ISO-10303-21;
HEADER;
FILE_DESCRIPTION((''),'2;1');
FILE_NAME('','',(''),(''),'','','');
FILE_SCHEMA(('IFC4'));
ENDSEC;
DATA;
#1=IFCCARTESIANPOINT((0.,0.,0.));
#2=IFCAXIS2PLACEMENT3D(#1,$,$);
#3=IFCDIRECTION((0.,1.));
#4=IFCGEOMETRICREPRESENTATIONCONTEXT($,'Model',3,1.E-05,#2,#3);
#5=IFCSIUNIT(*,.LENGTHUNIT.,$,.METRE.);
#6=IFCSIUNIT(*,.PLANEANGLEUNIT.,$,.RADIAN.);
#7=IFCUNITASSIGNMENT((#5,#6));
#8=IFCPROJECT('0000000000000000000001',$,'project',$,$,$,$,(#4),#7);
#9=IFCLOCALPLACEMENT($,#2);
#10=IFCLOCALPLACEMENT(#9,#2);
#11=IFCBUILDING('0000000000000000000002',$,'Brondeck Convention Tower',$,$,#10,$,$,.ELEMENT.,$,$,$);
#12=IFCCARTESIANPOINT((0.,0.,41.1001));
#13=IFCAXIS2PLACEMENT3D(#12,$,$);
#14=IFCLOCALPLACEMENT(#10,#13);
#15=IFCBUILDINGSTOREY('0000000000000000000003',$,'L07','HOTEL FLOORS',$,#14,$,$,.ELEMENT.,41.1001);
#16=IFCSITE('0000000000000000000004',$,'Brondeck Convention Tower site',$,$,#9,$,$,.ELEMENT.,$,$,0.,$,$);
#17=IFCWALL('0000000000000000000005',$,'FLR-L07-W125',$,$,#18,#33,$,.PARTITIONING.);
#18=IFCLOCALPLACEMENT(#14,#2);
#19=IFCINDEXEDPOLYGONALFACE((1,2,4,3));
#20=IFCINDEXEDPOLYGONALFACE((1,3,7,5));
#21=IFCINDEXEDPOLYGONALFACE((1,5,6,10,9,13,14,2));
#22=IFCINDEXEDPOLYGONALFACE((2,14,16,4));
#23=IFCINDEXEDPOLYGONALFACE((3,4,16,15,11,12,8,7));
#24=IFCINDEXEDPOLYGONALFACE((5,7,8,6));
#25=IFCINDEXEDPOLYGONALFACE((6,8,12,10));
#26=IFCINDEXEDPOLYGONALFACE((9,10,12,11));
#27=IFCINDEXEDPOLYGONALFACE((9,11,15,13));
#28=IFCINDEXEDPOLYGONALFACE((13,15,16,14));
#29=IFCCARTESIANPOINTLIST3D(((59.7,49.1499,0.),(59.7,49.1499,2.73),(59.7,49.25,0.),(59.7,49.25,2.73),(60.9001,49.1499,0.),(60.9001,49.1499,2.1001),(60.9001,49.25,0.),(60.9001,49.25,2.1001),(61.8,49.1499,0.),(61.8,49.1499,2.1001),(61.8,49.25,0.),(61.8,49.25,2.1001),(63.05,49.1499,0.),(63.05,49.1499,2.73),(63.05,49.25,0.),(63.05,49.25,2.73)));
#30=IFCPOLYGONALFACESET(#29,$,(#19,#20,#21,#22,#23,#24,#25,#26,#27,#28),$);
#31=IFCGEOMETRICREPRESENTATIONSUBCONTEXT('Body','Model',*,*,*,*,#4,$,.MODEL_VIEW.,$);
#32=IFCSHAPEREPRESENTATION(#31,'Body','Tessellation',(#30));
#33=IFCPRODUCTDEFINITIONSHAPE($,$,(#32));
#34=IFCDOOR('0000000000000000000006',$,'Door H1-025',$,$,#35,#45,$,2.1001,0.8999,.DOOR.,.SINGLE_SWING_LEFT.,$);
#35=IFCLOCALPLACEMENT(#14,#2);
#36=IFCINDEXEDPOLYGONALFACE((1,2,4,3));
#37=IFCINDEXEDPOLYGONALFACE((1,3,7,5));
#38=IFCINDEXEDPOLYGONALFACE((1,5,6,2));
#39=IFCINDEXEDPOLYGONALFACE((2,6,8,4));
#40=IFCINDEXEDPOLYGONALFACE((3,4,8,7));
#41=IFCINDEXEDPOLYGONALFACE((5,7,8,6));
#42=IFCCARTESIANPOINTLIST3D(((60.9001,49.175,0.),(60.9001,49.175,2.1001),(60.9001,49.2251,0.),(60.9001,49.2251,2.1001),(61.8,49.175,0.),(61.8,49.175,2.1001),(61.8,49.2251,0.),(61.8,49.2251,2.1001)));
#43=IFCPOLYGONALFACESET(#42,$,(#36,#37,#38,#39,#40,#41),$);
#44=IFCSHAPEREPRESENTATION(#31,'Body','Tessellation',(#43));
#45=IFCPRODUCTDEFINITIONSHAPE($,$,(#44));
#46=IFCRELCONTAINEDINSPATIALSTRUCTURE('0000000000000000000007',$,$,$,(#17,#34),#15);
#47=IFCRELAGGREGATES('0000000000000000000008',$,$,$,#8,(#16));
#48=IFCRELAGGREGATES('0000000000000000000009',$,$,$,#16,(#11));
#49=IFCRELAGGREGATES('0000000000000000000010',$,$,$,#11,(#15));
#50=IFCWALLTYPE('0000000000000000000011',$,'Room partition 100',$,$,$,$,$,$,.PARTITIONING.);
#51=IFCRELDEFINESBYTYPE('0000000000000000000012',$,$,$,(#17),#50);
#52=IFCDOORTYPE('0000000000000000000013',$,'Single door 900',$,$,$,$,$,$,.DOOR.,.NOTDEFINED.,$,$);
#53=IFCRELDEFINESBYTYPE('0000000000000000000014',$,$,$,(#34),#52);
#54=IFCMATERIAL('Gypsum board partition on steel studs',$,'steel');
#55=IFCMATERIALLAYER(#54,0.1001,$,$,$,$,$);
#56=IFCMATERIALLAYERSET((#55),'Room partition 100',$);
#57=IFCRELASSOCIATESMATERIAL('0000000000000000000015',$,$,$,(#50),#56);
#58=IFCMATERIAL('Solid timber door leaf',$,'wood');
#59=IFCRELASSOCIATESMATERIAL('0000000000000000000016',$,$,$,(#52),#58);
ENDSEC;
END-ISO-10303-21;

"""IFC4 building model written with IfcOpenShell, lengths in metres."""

from ifc_helpers import new_model, si_unit, direction, frame, frame_2d, origin, place, context, subcontext, project, spatial, rectangle, extrude, material, layer, layer_set, type_object, element, fill, save


model = new_model("IFC4")

# Units and contexts
model_context = context("Model", 3, precision=1e-05, world=origin(), true_north=direction((0.0, 1.0)))
body_context = subcontext(model_context, "Body", "Model", "MODEL_VIEW")
ifc_project = project(units=[si_unit("LENGTHUNIT", "METRE"), si_unit("PLANEANGLEUNIT", "RADIAN")], contexts=[model_context])

# Site, building, storey
site_placement = place(None, origin())
site = spatial("IfcSite", under=ifc_project, at=site_placement, Name="Brondeck Convention Tower site", CompositionType="ELEMENT", RefElevation=0.0)
building_placement = place(site_placement, origin())
building = spatial("IfcBuilding", under=site, at=building_placement, Name="Brondeck Convention Tower", CompositionType="ELEMENT")
storey_placement = place(building_placement, frame((0.0, 0.0, 41.1001)))
storey = spatial("IfcBuildingStorey", under=building, at=storey_placement, Name="L07", Description="HOTEL FLOORS", CompositionType="ELEMENT", Elevation=41.1001)

# Wall, opening, door
ifc_material_1 = material(Name="Solid timber door leaf", Category="wood")
ifc_material_2 = material(Name="Gypsum board partition on steel studs", Category="steel")
ifc_layer_1 = layer(ifc_material_2, 0.1001)
ifc_layer_set_1 = layer_set([ifc_layer_1], Name="Room partition 100")
wall_type_1 = type_object("IfcWallType", Name="Room partition 100", PredefinedType="PARTITIONING", material=ifc_layer_set_1)
wall_1_placement = place(storey_placement, frame((63.05, 49.2, 0.0), z_axis=(0.0, 0.0, 1.0), x_axis=(-1.0, 0.0, 0.0)))
wall_1 = element("IfcWall", 1, at=wall_1_placement, inside=storey, type_object=wall_type_1, Name="FLR-L07-W125", PredefinedType="PARTITIONING", context=body_context, shape_type="SweptSolid", body=[
    extrude(rectangle(XDim=3.3501, YDim=0.1001, at=frame_2d((1.675, 0.0))), origin(), (0.0, 0.0, 1.0), 2.73),
])
opening_1_placement = place(wall_1_placement, frame((1.25, 0.0, 0.0)))
opening_1 = element("IfcOpeningElement", 2, at=opening_1_placement, cuts=wall_1, PredefinedType="OPENING", context=body_context, shape_type="SweptSolid", body=[
    extrude(rectangle(XDim=0.8999, YDim=2.1001, at=frame_2d((0.45, 1.05))), frame((0.0, 0.0601, 0.0), z_axis=(0.0, -1.0, 0.0), x_axis=(1.0, 0.0, 0.0)), (0.0, 0.0, 1.0), 0.1201),
])
door_type_1 = type_object("IfcDoorType", Name="Single door 900", OperationType="NOTDEFINED", PredefinedType="DOOR", material=ifc_material_1)
door_1_placement = place(opening_1_placement, origin())
door_1 = element("IfcDoor", 3, at=door_1_placement, inside=storey, type_object=door_type_1, Name="Door H1-025", OperationType="SINGLE_SWING_LEFT", OverallHeight=2.1001, OverallWidth=0.8999, PredefinedType="DOOR", context=body_context, shape_type="SweptSolid", body=[
    extrude(rectangle(XDim=0.8999, YDim=2.1001, at=frame_2d((0.45, 1.05))), frame((0.0, 0.0249, 0.0), z_axis=(0.0, -1.0, 0.0), x_axis=(1.0, 0.0, 0.0)), (0.0, 0.0, 1.0), 0.05),
])
fill(opening_1, door_1)

save(model, "model.ifc")
